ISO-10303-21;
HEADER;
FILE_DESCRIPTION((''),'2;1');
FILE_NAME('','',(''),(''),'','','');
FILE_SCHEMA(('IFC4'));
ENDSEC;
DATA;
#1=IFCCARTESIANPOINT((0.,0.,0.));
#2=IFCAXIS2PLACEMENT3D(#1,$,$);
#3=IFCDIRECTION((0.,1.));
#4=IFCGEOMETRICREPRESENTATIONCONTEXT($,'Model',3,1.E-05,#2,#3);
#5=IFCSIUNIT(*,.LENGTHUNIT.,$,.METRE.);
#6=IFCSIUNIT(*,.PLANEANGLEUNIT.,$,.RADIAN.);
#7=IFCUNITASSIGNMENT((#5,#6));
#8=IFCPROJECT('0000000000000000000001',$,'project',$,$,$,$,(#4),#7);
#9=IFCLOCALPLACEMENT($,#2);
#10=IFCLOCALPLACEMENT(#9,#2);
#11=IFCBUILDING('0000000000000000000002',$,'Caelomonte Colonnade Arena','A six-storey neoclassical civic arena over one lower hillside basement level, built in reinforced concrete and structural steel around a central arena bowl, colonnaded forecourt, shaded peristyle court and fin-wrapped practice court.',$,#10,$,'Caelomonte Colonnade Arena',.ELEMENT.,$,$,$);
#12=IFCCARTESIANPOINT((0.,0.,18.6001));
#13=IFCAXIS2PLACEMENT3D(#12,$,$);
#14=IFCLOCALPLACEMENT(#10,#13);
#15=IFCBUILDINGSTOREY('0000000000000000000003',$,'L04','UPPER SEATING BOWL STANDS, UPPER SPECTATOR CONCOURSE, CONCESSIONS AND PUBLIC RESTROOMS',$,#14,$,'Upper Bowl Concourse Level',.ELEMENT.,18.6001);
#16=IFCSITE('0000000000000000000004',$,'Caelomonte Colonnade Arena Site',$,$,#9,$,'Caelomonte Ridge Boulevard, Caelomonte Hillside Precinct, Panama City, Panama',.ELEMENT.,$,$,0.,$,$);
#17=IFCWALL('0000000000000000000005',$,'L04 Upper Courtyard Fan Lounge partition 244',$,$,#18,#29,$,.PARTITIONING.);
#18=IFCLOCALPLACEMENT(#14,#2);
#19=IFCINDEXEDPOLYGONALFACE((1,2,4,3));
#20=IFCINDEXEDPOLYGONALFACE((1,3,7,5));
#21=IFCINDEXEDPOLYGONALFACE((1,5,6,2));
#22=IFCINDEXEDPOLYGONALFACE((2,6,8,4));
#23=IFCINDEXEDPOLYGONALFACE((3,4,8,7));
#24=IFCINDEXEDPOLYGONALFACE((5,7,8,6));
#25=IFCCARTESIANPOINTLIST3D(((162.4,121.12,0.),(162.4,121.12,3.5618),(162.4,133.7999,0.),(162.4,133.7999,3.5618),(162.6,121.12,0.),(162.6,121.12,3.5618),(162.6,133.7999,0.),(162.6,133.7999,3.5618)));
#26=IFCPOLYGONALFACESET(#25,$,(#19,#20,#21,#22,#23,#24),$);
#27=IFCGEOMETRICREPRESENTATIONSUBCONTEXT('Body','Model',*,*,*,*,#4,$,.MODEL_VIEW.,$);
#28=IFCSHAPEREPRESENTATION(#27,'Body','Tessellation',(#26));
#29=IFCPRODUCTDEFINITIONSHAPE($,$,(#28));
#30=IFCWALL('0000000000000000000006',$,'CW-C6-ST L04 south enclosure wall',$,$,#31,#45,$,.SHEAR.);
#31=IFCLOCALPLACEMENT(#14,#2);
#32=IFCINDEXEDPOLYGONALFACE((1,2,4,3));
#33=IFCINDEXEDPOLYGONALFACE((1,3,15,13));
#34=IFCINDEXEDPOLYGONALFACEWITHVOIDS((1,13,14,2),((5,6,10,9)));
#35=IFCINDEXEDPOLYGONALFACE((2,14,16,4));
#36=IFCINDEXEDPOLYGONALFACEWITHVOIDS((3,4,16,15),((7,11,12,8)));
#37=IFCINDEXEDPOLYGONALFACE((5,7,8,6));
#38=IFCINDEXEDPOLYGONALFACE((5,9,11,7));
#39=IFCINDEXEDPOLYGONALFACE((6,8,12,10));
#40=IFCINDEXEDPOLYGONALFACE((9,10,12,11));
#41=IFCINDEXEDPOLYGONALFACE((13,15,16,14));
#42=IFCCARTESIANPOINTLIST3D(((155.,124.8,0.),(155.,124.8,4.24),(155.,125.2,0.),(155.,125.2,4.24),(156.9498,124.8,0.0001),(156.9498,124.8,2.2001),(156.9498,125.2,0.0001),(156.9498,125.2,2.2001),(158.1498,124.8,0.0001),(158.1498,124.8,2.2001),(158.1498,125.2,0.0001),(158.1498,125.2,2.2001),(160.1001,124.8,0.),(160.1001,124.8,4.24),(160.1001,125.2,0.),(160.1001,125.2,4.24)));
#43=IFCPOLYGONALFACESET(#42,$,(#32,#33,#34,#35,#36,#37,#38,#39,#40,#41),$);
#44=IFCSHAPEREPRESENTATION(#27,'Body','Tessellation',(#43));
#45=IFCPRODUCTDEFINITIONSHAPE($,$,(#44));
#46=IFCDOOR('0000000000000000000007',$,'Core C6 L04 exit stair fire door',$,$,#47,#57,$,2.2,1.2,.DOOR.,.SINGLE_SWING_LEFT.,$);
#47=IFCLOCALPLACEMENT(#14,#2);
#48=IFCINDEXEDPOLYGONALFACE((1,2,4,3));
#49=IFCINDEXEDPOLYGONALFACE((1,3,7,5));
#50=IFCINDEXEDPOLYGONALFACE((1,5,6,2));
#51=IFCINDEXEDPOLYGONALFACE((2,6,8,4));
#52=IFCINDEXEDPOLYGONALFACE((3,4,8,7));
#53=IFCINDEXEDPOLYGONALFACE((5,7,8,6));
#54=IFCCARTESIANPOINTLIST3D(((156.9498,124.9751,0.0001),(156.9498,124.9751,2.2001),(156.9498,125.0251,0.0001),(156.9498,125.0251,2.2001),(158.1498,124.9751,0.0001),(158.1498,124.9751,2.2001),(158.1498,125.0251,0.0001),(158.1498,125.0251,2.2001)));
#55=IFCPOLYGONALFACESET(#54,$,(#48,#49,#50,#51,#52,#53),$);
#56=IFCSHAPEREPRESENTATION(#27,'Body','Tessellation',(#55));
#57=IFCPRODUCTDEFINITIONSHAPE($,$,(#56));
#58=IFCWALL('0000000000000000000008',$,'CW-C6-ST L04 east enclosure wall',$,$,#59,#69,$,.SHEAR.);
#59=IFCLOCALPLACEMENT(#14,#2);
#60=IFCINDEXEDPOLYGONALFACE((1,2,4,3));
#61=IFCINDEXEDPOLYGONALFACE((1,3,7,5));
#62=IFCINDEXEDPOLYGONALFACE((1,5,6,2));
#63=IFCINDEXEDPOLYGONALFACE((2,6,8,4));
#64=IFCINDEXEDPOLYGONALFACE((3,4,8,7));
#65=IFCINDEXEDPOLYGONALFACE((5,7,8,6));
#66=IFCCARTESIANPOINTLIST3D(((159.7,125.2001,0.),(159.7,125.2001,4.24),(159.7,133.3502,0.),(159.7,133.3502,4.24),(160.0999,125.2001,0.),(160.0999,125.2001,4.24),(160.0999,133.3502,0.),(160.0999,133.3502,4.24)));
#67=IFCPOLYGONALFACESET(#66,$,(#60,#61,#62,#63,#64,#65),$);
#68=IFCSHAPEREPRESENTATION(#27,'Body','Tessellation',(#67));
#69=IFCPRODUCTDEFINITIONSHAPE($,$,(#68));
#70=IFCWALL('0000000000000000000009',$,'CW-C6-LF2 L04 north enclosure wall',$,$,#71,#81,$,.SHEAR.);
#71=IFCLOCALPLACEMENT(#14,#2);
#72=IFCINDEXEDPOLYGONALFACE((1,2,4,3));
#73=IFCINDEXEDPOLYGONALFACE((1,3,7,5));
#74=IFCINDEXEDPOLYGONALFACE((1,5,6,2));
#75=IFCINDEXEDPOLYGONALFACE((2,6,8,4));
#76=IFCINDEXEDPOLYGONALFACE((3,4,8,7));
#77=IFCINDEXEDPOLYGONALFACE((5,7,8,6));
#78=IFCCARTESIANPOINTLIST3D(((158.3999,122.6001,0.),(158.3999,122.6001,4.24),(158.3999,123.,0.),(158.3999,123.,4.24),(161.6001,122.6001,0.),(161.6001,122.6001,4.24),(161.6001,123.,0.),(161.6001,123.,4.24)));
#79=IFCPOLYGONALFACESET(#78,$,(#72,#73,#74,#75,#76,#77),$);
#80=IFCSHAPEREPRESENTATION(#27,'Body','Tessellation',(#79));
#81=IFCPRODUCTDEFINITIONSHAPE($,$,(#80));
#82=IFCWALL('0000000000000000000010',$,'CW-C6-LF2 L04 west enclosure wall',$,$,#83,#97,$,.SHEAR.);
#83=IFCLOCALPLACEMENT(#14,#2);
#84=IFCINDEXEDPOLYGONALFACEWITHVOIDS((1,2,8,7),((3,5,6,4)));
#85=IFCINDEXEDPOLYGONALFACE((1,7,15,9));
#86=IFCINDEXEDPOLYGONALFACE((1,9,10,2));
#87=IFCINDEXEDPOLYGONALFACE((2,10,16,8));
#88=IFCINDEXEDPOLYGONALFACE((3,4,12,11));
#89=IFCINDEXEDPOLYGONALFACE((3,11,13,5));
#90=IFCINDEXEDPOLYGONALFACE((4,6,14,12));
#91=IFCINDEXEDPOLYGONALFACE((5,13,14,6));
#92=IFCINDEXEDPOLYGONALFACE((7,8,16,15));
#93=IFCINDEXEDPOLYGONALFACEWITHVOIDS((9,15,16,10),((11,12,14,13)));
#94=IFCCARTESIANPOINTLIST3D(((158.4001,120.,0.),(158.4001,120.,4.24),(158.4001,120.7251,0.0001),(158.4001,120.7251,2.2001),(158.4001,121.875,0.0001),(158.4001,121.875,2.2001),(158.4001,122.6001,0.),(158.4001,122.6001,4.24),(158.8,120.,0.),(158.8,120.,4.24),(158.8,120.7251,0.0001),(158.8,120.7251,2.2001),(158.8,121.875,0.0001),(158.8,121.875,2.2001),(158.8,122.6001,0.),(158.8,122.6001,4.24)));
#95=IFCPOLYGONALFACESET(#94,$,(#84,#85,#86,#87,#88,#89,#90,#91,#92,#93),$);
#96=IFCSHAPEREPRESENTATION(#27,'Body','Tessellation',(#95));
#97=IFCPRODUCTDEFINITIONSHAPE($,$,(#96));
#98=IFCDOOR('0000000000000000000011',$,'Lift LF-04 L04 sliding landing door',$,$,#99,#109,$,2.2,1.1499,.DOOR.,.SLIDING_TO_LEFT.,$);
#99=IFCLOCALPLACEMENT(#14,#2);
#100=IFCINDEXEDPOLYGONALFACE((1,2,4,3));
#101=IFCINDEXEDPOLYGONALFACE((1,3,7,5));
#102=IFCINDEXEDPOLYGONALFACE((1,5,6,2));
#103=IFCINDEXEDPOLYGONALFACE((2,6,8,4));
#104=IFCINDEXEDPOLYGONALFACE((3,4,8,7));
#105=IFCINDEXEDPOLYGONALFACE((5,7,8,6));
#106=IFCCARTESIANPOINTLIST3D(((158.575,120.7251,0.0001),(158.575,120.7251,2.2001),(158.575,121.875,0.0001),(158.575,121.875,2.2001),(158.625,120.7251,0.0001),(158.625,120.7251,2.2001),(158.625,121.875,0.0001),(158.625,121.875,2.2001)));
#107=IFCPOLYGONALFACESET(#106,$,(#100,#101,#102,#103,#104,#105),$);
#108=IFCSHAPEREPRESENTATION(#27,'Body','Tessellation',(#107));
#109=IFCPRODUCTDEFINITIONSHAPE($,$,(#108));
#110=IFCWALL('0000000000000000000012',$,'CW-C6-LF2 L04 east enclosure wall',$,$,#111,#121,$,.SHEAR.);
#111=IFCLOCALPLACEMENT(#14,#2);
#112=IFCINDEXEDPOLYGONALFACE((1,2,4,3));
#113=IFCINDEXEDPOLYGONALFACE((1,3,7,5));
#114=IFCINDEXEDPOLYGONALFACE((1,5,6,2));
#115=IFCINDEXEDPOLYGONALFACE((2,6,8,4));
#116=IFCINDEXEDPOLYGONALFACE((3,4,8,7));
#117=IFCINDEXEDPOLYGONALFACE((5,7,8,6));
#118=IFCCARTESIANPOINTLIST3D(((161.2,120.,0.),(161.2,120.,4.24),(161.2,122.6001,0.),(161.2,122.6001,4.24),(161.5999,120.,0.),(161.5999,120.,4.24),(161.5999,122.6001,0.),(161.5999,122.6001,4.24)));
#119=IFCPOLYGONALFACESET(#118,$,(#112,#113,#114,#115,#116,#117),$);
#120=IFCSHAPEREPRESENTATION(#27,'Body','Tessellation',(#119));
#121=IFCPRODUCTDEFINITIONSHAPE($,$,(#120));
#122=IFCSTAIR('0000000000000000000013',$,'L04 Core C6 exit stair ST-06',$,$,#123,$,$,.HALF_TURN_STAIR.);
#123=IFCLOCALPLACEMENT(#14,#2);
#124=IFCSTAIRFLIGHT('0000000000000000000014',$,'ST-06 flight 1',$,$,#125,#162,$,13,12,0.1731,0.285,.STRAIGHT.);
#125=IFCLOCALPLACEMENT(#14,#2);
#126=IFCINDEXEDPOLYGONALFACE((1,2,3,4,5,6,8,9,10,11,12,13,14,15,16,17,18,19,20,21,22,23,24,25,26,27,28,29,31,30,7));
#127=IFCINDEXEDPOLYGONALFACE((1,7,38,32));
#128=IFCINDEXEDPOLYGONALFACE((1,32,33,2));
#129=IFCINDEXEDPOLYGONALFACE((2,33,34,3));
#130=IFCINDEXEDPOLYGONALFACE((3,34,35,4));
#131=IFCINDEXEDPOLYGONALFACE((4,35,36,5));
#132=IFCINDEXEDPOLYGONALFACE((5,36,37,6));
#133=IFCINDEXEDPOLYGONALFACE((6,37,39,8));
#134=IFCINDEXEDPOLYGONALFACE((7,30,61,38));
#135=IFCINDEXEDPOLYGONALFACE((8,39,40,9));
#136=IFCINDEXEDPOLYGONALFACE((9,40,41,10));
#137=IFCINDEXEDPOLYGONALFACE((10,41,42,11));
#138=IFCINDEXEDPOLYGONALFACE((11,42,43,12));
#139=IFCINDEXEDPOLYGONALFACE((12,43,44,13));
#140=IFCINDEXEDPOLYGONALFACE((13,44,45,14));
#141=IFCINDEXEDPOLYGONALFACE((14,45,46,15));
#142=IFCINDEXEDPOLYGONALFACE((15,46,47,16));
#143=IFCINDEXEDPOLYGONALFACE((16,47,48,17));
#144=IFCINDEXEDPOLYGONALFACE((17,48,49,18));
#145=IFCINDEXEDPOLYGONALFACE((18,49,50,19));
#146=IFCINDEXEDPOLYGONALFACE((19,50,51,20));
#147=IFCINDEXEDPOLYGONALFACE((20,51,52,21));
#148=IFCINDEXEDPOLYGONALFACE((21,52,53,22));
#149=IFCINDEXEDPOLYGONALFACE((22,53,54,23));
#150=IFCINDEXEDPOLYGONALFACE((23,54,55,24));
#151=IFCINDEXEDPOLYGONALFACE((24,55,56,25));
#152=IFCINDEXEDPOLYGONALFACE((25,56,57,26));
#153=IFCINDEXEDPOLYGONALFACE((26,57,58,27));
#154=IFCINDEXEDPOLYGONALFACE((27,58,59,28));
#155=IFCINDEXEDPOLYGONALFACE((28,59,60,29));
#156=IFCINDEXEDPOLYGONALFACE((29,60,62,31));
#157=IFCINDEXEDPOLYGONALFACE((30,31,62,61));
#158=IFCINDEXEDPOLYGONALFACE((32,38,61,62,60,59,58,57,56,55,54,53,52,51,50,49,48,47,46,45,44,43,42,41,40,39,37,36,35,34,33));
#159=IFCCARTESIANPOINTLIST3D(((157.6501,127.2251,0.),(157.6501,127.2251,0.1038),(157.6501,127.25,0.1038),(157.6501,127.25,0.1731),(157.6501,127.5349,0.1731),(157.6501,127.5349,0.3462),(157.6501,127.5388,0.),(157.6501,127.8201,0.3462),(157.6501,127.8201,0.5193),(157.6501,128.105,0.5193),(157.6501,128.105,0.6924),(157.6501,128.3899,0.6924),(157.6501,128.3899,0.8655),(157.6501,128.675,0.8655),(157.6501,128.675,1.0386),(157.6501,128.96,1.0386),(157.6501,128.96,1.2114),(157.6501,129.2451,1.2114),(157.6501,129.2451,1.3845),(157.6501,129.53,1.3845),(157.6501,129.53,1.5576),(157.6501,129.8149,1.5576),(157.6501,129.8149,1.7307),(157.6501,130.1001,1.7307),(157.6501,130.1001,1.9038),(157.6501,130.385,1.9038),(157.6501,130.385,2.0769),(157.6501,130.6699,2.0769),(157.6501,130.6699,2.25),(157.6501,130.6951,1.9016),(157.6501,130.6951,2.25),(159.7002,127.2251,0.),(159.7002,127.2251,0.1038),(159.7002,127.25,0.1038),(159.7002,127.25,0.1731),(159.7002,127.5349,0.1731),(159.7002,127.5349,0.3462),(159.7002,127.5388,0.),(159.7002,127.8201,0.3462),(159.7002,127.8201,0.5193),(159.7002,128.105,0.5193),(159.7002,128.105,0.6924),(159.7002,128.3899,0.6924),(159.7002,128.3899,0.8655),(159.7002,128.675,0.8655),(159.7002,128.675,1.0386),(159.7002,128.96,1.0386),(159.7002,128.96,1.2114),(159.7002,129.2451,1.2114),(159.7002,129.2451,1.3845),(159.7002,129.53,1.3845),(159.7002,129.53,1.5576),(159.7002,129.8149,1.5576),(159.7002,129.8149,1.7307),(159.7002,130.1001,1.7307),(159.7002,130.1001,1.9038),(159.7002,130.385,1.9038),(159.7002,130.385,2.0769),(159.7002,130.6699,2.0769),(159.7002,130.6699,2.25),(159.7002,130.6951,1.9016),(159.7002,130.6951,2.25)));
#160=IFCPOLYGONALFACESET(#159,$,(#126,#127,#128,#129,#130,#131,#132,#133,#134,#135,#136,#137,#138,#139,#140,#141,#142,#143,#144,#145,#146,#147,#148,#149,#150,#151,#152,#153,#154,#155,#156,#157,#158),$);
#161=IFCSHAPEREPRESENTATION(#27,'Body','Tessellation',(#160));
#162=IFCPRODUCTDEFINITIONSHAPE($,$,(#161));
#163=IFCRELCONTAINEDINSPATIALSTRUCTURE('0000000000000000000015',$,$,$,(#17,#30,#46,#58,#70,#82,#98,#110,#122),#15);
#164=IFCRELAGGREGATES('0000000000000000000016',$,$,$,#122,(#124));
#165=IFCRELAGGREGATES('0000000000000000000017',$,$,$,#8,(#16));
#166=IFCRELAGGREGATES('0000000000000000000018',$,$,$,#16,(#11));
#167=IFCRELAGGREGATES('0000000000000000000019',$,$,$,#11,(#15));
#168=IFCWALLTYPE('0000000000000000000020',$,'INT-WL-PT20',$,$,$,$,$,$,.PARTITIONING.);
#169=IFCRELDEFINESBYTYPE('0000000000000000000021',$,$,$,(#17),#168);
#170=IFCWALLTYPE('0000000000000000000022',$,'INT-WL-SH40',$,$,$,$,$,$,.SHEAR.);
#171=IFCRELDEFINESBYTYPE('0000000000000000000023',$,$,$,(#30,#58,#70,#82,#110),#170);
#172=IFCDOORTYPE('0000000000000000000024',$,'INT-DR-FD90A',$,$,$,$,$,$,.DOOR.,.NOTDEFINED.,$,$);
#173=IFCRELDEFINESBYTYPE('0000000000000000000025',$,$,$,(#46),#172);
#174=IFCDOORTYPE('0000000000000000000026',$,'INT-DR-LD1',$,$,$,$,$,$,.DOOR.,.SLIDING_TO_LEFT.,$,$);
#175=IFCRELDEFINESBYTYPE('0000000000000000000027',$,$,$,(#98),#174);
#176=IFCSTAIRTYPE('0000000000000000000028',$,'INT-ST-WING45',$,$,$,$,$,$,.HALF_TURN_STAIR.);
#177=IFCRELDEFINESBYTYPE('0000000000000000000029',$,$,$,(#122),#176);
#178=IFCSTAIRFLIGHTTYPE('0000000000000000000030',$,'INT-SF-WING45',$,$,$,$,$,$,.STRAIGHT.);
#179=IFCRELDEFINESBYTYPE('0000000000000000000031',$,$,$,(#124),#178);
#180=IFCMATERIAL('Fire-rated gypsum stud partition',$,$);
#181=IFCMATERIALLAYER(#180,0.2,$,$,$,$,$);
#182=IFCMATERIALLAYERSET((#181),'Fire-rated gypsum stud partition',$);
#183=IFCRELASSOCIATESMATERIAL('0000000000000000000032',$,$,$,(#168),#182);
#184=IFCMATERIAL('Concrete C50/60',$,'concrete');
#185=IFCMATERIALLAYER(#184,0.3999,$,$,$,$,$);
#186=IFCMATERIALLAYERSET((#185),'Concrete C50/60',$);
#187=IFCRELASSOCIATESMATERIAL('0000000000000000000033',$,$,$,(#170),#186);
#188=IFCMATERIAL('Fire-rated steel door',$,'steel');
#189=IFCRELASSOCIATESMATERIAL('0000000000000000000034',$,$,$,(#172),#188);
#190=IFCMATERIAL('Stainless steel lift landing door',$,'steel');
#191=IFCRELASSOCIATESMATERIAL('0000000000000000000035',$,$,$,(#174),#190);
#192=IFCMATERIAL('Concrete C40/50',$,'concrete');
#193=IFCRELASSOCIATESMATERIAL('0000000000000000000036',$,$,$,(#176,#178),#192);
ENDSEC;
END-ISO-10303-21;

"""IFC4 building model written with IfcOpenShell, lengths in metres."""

from ifc_helpers import new_model, si_unit, direction, frame, frame_2d, origin, place, context, subcontext, project, spatial, polyline, rectangle, outline, extrude, material, layer, layer_set, type_object, element, fill, aggregate, save


model = new_model("IFC4")

# Units and contexts
model_context = context("Model", 3, precision=1e-05, world=origin(), true_north=direction((0.0, 1.0)))
body_context = subcontext(model_context, "Body", "Model", "MODEL_VIEW")
ifc_project = project(units=[si_unit("LENGTHUNIT", "METRE"), si_unit("PLANEANGLEUNIT", "RADIAN")], contexts=[model_context])

# Site, building, storey
site_placement = place(None, origin())
site = spatial("IfcSite", under=ifc_project, at=site_placement, Name="Caelomonte Colonnade Arena Site", LongName="Caelomonte Ridge Boulevard, Caelomonte Hillside Precinct, Panama City, Panama", CompositionType="ELEMENT", RefElevation=0.0)
building_placement = place(site_placement, origin())
building = spatial("IfcBuilding", under=site, at=building_placement, Name="Caelomonte Colonnade Arena", Description="A six-storey neoclassical civic arena over one lower hillside basement level, built in reinforced concrete and structural steel around a central arena bowl, colonnaded forecourt, shaded peristyle court and fin-wrapped practice court.", LongName="Caelomonte Colonnade Arena", CompositionType="ELEMENT")
storey_placement = place(building_placement, frame((0.0, 0.0, 18.6001)))
storey = spatial("IfcBuildingStorey", under=building, at=storey_placement, Name="L04", Description="UPPER SEATING BOWL STANDS, UPPER SPECTATOR CONCOURSE, CONCESSIONS AND PUBLIC RESTROOMS", LongName="Upper Bowl Concourse Level", CompositionType="ELEMENT", Elevation=18.6001)

# Shared definitions
ifc_material_1 = material(Name="Concrete C40/50", Category="concrete")

# Wall
ifc_material_2 = material(Name="Fire-rated gypsum stud partition")
ifc_layer_1 = layer(ifc_material_2, 0.2)
ifc_layer_set_1 = layer_set([ifc_layer_1], Name="Fire-rated gypsum stud partition")
wall_type_1 = type_object("IfcWallType", Name="INT-WL-PT20", PredefinedType="PARTITIONING", material=ifc_layer_set_1)
wall_1_placement = place(storey_placement, frame((162.5, 121.1201, 0.0), z_axis=(0.0, 0.0, 1.0), x_axis=(0.0, 1.0, 0.0)))
element("IfcWall", 1, at=wall_1_placement, inside=storey, type_object=wall_type_1, Name="L04 Upper Courtyard Fan Lounge partition 244", PredefinedType="PARTITIONING", context=body_context, shape_type="SweptSolid", body=[
    extrude(rectangle(XDim=12.6799, YDim=0.2, at=frame_2d((6.3398, 0.0))), origin(), (0.0, 0.0, 1.0), 3.5618),
])

# Wall, opening, door
ifc_material_3 = material(Name="Concrete C50/60", Category="concrete")
ifc_layer_2 = layer(ifc_material_3, 0.3999)
ifc_layer_set_2 = layer_set([ifc_layer_2], Name="Concrete C50/60")
wall_type_2 = type_object("IfcWallType", Name="INT-WL-SH40", PredefinedType="SHEAR", material=ifc_layer_set_2)
wall_2_placement = place(storey_placement, frame((155.0, 125.0, 0.0), z_axis=(0.0, 0.0, 1.0), x_axis=(1.0, 0.0, 0.0)))
wall_2 = element("IfcWall", 2, at=wall_2_placement, inside=storey, type_object=wall_type_2, Name="CW-C6-ST L04 south enclosure wall", PredefinedType="SHEAR", context=body_context, shape_type="SweptSolid", body=[
    extrude(rectangle(XDim=5.1001, YDim=0.3999, at=frame_2d((2.55, 0.0))), origin(), (0.0, 0.0, 1.0), 4.24),
])
opening_1_placement = place(wall_2_placement, frame((3.1499, 0.0, 0.0), z_axis=(0.0, 0.0, 1.0), x_axis=(-1.0, 0.0, 0.0)))
opening_1 = element("IfcOpeningElement", 3, at=opening_1_placement, cuts=wall_2, PredefinedType="OPENING", context=body_context, shape_type="SweptSolid", body=[
    extrude(rectangle(XDim=1.2, YDim=2.2, at=frame_2d((0.6001, 1.1001))), frame((0.0, 0.21, 0.0), z_axis=(0.0, -1.0, 0.0), x_axis=(1.0, 0.0, 0.0)), (0.0, 0.0, 1.0), 0.4199),
])
ifc_material_4 = material(Name="Fire-rated steel door", Category="steel")
door_type_1 = type_object("IfcDoorType", Name="INT-DR-FD90A", OperationType="NOTDEFINED", PredefinedType="DOOR", material=ifc_material_4)
door_1_placement = place(opening_1_placement, origin())
door_1 = element("IfcDoor", 4, at=door_1_placement, inside=storey, type_object=door_type_1, Name="Core C6 L04 exit stair fire door", OperationType="SINGLE_SWING_LEFT", OverallHeight=2.2, OverallWidth=1.2, PredefinedType="DOOR", context=body_context, shape_type="SweptSolid", body=[
    extrude(rectangle(XDim=1.2, YDim=2.2, at=frame_2d((0.6001, 1.1001))), frame((0.0, 0.0249, 0.0), z_axis=(0.0, -1.0, 0.0), x_axis=(1.0, 0.0, 0.0)), (0.0, 0.0, 1.0), 0.05),
])
fill(opening_1, door_1)

# Walls
wall_3_placement = place(storey_placement, frame((159.8999, 125.2, 0.0), z_axis=(0.0, 0.0, 1.0), x_axis=(0.0, 1.0, 0.0)))
element("IfcWall", 5, at=wall_3_placement, inside=storey, type_object=wall_type_2, Name="CW-C6-ST L04 east enclosure wall", PredefinedType="SHEAR", context=body_context, shape_type="SweptSolid", body=[
    extrude(rectangle(XDim=8.1501, YDim=0.3999, at=frame_2d((4.0752, 0.0))), origin(), (0.0, 0.0, 1.0), 4.24),
])
wall_4_placement = place(storey_placement, frame((161.6001, 122.8, 0.0), z_axis=(0.0, 0.0, 1.0), x_axis=(-1.0, 0.0, 0.0)))
element("IfcWall", 6, at=wall_4_placement, inside=storey, type_object=wall_type_2, Name="CW-C6-LF2 L04 north enclosure wall", PredefinedType="SHEAR", context=body_context, shape_type="SweptSolid", body=[
    extrude(rectangle(XDim=3.2002, YDim=0.3999, at=frame_2d((1.6001, 0.0))), origin(), (0.0, 0.0, 1.0), 4.24),
])

# Wall, opening, door
wall_5_placement = place(storey_placement, frame((158.6001, 122.6001, 0.0), z_axis=(0.0, 0.0, 1.0), x_axis=(0.0, -1.0, 0.0)))
wall_5 = element("IfcWall", 7, at=wall_5_placement, inside=storey, type_object=wall_type_2, Name="CW-C6-LF2 L04 west enclosure wall", PredefinedType="SHEAR", context=body_context, shape_type="SweptSolid", body=[
    extrude(rectangle(XDim=2.6001, YDim=0.3999, at=frame_2d((1.3, 0.0))), origin(), (0.0, 0.0, 1.0), 4.24),
])
opening_2_placement = place(wall_5_placement, frame((0.7251, 0.0, 0.0), z_axis=(0.0, 0.0, 1.0), x_axis=(1.0, 0.0, 0.0)))
opening_2 = element("IfcOpeningElement", 8, at=opening_2_placement, cuts=wall_5, PredefinedType="OPENING", context=body_context, shape_type="SweptSolid", body=[
    extrude(rectangle(XDim=1.1499, YDim=2.2, at=frame_2d((0.575, 1.1001))), frame((0.0, 0.21, 0.0), z_axis=(0.0, -1.0, 0.0), x_axis=(1.0, 0.0, 0.0)), (0.0, 0.0, 1.0), 0.4199),
])
ifc_material_5 = material(Name="Stainless steel lift landing door", Category="steel")
door_type_2 = type_object("IfcDoorType", Name="INT-DR-LD1", OperationType="SLIDING_TO_LEFT", PredefinedType="DOOR", material=ifc_material_5)
door_2_placement = place(opening_2_placement, origin())
door_2 = element("IfcDoor", 9, at=door_2_placement, inside=storey, type_object=door_type_2, Name="Lift LF-04 L04 sliding landing door", OperationType="SLIDING_TO_LEFT", OverallHeight=2.2, OverallWidth=1.1499, PredefinedType="DOOR", context=body_context, shape_type="SweptSolid", body=[
    extrude(rectangle(XDim=1.1499, YDim=2.2, at=frame_2d((0.575, 1.1001))), frame((0.0, 0.0249, 0.0), z_axis=(0.0, -1.0, 0.0), x_axis=(1.0, 0.0, 0.0)), (0.0, 0.0, 1.0), 0.05),
])
fill(opening_2, door_2)

# Wall
wall_6_placement = place(storey_placement, frame((161.3999, 120.0, 0.0), z_axis=(0.0, 0.0, 1.0), x_axis=(0.0, 1.0, 0.0)))
element("IfcWall", 10, at=wall_6_placement, inside=storey, type_object=wall_type_2, Name="CW-C6-LF2 L04 east enclosure wall", PredefinedType="SHEAR", context=body_context, shape_type="SweptSolid", body=[
    extrude(rectangle(XDim=2.6001, YDim=0.3999, at=frame_2d((1.3, 0.0))), origin(), (0.0, 0.0, 1.0), 4.24),
])

# Stair, stair flight
stair_type = type_object("IfcStairType", Name="INT-ST-WING45", PredefinedType="HALF_TURN_STAIR", material=ifc_material_1)
stair_placement = place(storey_placement, origin())
stair = element("IfcStair", 11, at=stair_placement, inside=storey, type_object=stair_type, Name="L04 Core C6 exit stair ST-06", PredefinedType="HALF_TURN_STAIR")
stair_flight_type = type_object("IfcStairFlightType", Name="INT-SF-WING45", PredefinedType="STRAIGHT", material=ifc_material_1)
stair_flight_placement = place(storey_placement, frame((158.675, 127.25, 0.0), z_axis=(0.0, 0.0, 1.0), x_axis=(0.0, 1.0, 0.0)))
stair_flight = element("IfcStairFlight", 12, at=stair_flight_placement, type_object=stair_flight_type, Name="ST-06 flight 1", NumberOfRisers=13, NumberOfTreads=12, PredefinedType="STRAIGHT", RiserHeight=0.1731, TreadLength=0.285, context=body_context, shape_type="SweptSolid", body=[
    extrude(outline(polyline([(-0.0249, 0.0), (-0.0249, 0.1038), (0.0, 0.1038), (0.0, 0.1731), (0.2849, 0.1731), (0.2849, 0.3462), (0.5701, 0.3462), (0.5701, 0.5193), (0.855, 0.5193), (0.855, 0.6924), (1.1399, 0.6924), (1.1399, 0.8655), (1.425, 0.8655), (1.425, 1.0386), (1.71, 1.0386), (1.71, 1.2114), (1.9951, 1.2114), (1.9951, 1.3845), (2.28, 1.3845), (2.28, 1.5576), (2.5649, 1.5576), (2.5649, 1.7307), (2.8501, 1.7307), (2.8501, 1.9038), (3.135, 1.9038), (3.135, 2.0769), (3.4199, 2.0769), (3.4199, 2.25), (3.4451, 2.25), (3.4451, 1.9016), (0.2888, 0.0), (-0.0249, 0.0)])), frame((0.0, 1.0249, 0.0), z_axis=(0.0, -1.0, 0.0), x_axis=(1.0, 0.0, 0.0)), (0.0, 0.0, 1.0), 2.05),
])
aggregate(stair, [stair_flight])

save(model, "model.ifc")
